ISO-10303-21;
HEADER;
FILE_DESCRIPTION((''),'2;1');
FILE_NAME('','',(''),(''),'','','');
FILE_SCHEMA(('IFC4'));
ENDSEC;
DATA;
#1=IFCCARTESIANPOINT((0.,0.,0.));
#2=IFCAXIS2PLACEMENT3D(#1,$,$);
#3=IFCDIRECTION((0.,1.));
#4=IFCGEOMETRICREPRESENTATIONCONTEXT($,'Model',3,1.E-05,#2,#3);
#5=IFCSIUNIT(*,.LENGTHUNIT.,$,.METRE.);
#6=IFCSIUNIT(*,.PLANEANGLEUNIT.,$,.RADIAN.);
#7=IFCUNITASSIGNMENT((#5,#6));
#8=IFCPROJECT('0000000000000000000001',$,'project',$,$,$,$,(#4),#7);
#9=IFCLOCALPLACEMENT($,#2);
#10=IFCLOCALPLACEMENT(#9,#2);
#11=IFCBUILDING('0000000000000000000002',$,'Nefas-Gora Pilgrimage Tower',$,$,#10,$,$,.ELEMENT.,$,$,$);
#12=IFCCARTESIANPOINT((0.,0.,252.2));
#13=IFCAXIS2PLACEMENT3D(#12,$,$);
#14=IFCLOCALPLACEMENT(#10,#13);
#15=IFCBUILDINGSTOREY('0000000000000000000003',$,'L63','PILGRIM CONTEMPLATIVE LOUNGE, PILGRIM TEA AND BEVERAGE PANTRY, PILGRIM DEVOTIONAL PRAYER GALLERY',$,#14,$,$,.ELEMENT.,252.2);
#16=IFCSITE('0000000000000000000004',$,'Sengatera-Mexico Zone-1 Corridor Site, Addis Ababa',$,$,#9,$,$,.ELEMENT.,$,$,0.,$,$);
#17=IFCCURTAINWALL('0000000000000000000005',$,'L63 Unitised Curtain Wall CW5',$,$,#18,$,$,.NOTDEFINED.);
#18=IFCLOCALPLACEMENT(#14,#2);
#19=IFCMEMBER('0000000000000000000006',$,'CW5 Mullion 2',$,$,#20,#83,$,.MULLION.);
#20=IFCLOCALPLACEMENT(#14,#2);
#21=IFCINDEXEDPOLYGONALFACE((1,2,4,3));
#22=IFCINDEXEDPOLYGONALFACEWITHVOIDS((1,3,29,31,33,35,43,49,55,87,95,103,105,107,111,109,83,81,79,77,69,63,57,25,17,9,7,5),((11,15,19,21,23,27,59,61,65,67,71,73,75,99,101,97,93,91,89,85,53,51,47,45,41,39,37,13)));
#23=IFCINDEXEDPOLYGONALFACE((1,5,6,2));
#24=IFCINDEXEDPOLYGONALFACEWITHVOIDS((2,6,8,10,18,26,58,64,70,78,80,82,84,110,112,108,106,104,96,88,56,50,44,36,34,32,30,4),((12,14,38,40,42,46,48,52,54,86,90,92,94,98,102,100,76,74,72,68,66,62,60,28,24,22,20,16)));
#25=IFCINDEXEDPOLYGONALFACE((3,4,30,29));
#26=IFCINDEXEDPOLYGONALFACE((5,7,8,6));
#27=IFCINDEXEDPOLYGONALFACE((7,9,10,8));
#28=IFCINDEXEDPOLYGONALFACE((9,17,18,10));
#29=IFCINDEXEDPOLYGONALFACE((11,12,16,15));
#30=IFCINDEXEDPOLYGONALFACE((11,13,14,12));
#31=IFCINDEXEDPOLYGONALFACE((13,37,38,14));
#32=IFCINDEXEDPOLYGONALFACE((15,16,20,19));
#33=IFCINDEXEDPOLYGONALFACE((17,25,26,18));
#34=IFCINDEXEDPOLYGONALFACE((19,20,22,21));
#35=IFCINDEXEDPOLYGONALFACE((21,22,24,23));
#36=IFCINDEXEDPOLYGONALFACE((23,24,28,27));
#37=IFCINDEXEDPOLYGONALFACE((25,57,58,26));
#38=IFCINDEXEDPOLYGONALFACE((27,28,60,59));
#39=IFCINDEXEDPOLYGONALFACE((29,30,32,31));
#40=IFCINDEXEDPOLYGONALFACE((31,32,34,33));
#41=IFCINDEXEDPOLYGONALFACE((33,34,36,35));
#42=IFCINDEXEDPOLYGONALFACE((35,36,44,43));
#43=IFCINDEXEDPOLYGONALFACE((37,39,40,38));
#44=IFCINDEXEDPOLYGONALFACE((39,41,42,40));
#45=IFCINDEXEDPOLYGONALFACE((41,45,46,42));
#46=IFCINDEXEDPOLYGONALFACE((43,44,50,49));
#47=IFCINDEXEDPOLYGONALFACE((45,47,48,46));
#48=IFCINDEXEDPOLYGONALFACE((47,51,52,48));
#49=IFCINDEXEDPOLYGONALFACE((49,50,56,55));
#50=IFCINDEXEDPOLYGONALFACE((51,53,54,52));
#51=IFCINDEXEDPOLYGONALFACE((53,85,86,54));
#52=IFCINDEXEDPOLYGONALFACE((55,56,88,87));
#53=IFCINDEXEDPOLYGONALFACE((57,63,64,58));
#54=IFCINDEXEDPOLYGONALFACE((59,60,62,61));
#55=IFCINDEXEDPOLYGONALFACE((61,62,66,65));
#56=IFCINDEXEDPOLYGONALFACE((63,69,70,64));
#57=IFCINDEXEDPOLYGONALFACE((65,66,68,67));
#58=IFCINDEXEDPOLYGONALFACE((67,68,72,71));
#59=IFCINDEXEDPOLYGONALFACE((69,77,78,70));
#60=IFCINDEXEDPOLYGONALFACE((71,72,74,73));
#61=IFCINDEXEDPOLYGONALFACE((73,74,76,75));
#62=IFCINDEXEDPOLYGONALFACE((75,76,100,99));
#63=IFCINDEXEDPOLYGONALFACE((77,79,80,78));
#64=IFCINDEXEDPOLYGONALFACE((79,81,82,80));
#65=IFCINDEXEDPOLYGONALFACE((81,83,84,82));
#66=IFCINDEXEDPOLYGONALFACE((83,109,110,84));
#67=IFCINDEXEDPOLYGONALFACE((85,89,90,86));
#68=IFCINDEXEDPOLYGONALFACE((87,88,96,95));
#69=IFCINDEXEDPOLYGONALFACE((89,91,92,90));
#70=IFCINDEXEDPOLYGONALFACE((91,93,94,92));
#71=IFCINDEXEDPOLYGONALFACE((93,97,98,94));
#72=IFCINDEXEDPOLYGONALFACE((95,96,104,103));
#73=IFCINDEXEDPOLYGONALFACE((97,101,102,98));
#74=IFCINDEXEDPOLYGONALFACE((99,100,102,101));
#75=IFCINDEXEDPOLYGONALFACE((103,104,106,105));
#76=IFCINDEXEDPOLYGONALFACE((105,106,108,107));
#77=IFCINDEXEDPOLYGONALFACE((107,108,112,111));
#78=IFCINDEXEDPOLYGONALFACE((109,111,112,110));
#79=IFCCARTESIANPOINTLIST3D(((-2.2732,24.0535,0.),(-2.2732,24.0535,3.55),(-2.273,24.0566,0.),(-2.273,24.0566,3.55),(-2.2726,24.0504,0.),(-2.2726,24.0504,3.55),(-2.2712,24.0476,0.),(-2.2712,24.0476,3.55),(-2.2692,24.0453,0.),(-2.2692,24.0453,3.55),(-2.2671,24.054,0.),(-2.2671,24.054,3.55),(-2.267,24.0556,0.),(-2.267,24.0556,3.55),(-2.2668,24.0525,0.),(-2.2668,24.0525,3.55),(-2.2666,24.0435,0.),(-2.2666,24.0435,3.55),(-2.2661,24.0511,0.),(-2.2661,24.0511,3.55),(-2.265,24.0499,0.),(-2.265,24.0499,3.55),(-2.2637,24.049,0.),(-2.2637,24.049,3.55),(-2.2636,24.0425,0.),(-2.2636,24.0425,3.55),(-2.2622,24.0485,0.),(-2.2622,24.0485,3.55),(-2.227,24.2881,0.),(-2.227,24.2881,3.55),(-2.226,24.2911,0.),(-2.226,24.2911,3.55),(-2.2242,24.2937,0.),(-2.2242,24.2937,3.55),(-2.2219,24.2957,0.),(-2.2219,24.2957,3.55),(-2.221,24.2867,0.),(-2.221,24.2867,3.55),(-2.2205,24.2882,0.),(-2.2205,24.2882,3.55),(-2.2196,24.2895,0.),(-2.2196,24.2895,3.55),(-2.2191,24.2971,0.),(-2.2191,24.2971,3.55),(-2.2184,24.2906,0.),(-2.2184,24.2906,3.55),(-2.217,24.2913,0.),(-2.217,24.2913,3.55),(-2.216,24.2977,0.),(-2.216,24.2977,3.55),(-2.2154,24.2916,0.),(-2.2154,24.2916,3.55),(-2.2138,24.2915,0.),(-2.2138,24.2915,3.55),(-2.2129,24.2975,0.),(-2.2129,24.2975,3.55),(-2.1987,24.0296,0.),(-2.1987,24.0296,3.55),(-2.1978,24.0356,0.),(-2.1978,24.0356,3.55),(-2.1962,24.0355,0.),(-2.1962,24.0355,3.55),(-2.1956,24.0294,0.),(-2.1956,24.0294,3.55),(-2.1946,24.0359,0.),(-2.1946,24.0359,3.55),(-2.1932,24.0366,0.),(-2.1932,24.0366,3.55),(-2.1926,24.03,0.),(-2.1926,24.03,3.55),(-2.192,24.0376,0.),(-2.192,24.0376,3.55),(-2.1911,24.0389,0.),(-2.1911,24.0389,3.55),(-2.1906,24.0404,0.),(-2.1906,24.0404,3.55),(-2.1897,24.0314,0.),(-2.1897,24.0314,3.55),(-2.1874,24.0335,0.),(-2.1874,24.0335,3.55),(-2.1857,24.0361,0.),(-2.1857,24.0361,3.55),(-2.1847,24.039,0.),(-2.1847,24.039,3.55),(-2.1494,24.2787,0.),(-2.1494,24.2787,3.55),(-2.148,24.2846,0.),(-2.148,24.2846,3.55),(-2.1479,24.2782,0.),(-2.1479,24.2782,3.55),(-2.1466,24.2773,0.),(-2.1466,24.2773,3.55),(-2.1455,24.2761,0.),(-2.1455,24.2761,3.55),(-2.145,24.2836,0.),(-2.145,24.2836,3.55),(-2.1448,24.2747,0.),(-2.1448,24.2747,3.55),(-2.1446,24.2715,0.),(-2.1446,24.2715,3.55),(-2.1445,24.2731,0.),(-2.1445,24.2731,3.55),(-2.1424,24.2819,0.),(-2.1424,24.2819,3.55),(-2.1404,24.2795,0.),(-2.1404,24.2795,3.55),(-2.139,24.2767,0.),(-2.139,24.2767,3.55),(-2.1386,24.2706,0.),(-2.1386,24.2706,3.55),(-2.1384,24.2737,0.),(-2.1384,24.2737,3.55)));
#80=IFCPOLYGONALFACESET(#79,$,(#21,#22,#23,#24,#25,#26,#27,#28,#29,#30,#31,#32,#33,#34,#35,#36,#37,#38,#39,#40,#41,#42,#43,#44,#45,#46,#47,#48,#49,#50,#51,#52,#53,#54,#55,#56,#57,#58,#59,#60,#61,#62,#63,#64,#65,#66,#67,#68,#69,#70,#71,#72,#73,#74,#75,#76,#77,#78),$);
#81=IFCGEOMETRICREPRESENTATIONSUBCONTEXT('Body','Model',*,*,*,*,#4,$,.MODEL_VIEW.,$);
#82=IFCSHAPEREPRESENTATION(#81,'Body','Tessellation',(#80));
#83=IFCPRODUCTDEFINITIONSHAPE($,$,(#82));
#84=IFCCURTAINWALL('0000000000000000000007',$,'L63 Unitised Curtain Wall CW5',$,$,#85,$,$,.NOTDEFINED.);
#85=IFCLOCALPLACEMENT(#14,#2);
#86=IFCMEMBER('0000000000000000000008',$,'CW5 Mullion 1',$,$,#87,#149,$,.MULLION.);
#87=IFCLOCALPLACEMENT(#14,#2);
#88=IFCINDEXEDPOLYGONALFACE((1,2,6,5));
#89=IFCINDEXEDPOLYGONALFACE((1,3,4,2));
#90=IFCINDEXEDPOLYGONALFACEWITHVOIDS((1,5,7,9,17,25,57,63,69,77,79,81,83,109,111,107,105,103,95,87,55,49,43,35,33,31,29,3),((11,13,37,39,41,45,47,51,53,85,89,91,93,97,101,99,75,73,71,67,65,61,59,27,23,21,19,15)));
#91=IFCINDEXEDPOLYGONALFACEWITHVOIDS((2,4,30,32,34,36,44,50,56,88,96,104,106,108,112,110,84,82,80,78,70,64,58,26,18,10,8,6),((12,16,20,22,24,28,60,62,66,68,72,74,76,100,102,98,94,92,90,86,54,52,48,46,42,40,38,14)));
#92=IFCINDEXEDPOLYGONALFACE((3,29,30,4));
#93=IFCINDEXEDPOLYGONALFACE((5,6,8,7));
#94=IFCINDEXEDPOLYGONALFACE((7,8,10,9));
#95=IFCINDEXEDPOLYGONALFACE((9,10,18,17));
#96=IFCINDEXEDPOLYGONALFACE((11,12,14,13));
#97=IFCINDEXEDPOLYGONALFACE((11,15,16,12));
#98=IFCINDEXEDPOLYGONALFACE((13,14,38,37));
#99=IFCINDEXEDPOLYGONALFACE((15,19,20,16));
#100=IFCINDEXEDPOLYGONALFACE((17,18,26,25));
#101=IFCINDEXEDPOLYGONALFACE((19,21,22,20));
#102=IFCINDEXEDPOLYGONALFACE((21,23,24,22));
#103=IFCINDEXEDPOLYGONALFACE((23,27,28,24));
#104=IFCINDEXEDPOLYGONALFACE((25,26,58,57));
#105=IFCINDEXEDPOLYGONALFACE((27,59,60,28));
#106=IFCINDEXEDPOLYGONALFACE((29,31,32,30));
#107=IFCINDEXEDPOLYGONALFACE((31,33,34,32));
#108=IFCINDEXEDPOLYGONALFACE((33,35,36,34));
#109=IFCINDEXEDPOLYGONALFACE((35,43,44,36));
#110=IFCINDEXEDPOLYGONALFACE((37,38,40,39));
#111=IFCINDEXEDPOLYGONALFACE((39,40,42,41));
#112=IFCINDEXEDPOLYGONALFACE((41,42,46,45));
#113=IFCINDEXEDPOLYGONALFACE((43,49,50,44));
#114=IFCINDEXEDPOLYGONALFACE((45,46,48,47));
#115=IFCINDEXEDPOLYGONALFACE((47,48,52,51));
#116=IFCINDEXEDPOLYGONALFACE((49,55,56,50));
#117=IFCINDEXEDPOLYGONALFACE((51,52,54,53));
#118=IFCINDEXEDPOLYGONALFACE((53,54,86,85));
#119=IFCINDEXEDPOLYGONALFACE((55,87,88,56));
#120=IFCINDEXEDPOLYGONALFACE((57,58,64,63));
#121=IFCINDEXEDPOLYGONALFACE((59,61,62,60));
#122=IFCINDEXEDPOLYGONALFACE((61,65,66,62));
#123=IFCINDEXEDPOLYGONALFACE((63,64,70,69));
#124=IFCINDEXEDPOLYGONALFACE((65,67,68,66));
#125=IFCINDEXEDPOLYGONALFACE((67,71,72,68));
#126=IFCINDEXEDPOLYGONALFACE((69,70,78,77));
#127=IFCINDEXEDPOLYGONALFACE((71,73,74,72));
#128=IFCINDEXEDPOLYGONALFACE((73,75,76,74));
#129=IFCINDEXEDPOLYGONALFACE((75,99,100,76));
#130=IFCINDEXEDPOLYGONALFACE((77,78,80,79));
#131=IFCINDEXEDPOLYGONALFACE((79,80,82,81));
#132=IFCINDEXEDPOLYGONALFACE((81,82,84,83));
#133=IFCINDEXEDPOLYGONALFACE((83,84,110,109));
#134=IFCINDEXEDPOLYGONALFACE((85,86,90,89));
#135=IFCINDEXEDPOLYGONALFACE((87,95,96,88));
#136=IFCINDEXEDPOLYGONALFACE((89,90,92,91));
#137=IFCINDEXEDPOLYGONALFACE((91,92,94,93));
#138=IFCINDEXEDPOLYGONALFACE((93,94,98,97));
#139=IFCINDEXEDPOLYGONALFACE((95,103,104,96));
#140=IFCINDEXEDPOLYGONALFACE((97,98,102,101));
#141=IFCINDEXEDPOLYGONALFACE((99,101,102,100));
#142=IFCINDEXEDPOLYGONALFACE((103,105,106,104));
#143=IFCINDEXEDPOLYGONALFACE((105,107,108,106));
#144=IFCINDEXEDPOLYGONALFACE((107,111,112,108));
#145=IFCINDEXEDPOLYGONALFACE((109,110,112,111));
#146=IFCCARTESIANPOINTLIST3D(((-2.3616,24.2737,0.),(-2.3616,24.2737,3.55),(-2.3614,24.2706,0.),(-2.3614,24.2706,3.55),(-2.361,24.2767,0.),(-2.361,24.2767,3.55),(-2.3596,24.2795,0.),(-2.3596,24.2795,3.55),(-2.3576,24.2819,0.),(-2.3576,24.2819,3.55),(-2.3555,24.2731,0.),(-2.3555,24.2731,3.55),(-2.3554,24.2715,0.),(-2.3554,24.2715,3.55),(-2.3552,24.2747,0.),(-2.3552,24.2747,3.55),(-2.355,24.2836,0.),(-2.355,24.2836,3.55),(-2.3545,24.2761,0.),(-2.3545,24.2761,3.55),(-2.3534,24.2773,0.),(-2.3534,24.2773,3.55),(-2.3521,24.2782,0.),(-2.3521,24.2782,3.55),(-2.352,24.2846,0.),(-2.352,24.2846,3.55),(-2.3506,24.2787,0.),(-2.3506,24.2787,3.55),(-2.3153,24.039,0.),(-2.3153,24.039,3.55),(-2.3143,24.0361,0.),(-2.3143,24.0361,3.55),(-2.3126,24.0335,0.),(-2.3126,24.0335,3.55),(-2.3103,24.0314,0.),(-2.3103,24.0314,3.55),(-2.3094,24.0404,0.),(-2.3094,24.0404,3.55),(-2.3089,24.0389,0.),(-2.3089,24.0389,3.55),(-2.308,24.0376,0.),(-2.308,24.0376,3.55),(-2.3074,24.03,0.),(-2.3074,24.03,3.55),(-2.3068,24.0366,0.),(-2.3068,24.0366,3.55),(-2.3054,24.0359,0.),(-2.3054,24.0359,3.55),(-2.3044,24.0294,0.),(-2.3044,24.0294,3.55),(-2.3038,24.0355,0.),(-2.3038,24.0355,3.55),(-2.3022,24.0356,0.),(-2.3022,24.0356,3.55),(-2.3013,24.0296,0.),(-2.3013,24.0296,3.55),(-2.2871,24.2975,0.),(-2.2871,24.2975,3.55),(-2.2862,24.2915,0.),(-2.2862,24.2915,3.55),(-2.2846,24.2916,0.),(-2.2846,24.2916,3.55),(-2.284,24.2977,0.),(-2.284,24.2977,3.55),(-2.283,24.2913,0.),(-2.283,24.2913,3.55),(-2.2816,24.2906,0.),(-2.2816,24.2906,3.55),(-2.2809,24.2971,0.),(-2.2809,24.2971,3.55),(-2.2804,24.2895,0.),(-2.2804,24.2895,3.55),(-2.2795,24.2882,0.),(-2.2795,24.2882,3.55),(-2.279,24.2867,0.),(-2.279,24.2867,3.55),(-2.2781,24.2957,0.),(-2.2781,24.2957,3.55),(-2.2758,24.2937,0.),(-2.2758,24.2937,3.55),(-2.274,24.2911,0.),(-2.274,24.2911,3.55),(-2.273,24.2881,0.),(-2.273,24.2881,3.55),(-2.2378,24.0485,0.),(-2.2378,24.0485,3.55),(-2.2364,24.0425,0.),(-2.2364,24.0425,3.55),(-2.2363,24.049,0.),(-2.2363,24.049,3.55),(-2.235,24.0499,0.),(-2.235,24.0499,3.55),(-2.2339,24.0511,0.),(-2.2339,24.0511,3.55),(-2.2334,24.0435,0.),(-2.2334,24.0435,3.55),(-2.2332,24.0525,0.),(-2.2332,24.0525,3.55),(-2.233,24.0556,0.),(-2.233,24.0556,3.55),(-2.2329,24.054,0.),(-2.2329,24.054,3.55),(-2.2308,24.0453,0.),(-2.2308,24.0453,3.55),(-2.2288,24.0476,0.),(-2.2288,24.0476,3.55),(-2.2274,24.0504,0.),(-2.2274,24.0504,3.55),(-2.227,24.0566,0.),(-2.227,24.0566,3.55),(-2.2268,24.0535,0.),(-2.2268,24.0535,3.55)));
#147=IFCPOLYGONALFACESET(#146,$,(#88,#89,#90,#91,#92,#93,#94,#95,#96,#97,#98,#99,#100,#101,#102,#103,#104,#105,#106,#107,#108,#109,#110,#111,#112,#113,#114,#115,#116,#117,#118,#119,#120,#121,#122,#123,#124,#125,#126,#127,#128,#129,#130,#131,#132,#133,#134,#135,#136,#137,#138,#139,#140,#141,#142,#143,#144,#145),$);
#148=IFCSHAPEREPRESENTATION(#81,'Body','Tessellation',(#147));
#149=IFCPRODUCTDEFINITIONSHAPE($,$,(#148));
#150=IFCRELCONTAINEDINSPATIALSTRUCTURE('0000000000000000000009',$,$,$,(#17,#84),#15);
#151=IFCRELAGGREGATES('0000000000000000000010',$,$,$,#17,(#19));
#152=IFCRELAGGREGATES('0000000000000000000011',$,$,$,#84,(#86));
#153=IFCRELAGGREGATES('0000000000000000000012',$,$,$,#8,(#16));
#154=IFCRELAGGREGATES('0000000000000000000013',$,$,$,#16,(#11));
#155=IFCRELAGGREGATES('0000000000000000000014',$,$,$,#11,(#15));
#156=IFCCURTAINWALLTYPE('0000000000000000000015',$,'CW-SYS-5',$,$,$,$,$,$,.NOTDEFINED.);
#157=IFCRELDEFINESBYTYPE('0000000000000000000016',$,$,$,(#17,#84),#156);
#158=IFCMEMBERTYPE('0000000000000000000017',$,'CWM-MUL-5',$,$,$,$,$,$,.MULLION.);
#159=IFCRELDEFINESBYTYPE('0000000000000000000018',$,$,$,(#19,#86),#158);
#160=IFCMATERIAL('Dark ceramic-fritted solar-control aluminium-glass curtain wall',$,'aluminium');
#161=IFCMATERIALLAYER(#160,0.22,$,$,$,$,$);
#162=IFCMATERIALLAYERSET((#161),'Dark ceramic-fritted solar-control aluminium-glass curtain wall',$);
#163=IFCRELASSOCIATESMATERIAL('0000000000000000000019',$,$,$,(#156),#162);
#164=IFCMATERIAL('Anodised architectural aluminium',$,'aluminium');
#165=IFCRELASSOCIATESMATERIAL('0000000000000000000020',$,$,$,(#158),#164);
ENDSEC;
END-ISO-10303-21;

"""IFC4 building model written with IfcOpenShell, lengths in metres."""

from ifc_helpers import new_model, si_unit, direction, frame, origin, origin_2d, place, context, subcontext, project, spatial, hollow_rectangle, extrude, source, transform, mapped, material, layer, layer_set, material_profile, profile_set, type_object, element, aggregate, save


model = new_model("IFC4")

# Units and contexts
model_context = context("Model", 3, precision=1e-05, world=origin(), true_north=direction((0.0, 1.0)))
body_context = subcontext(model_context, "Body", "Model", "MODEL_VIEW")
ifc_project = project(units=[si_unit("LENGTHUNIT", "METRE"), si_unit("PLANEANGLEUNIT", "RADIAN")], contexts=[model_context])

# Site, building, storey
site_placement = place(None, origin())
site = spatial("IfcSite", under=ifc_project, at=site_placement, Name="Sengatera-Mexico Zone-1 Corridor Site, Addis Ababa", CompositionType="ELEMENT", RefElevation=0.0)
building_placement = place(site_placement, origin())
building = spatial("IfcBuilding", under=site, at=building_placement, Name="Nefas-Gora Pilgrimage Tower", CompositionType="ELEMENT")
storey_placement = place(building_placement, frame((0.0, 0.0, 252.2)))
storey = spatial("IfcBuildingStorey", under=building, at=storey_placement, Name="L63", Description="PILGRIM CONTEMPLATIVE LOUNGE, PILGRIM TEA AND BEVERAGE PANTRY, PILGRIM DEVOTIONAL PRAYER GALLERY", CompositionType="ELEMENT", Elevation=252.2)

# Curtain wall, member
ifc_material_1 = material(Name="Dark ceramic-fritted solar-control aluminium-glass curtain wall", Category="aluminium")
ifc_layer_1 = layer(ifc_material_1, 0.22)
ifc_layer_set_1 = layer_set([ifc_layer_1], Name="Dark ceramic-fritted solar-control aluminium-glass curtain wall")
curtain_wall_type = type_object("IfcCurtainWallType", Name="CW-SYS-5", PredefinedType="NOTDEFINED", material=ifc_layer_set_1)
curtain_wall_1_placement = place(storey_placement, origin())
curtain_wall_1 = element("IfcCurtainWall", 1, at=curtain_wall_1_placement, inside=storey, type_object=curtain_wall_type, Name="L63 Unitised Curtain Wall CW5", PredefinedType="NOTDEFINED")
ifc_material_2 = material(Name="Anodised architectural aluminium", Category="aluminium")
ifc_material_profile_1 = material_profile(ifc_material_2, hollow_rectangle(XDim=0.0901, YDim=0.26, WallThickness=0.0061, InnerFilletRadius=0.0061, OuterFilletRadius=0.012, at=origin_2d()), Name="ALU MULLION 90x260")
ifc_profile_set_1 = profile_set([ifc_material_profile_1], Name="Anodised architectural aluminium")
member_type_1 = type_object("IfcMemberType", Name="CWM-MUL-5", PredefinedType="MULLION", material=ifc_profile_set_1)
shared_shape_1 = source(origin(), body_context, "Body", "SweptSolid", [
    extrude(hollow_rectangle(XDim=0.0901, YDim=0.26, WallThickness=0.0061, InnerFilletRadius=0.0061, OuterFilletRadius=0.012, at=origin_2d()), origin(), (0.0, 0.0, 1.0), 3.55),
])
member_1_placement = place(storey_placement, frame((-2.2058, 24.1636, 0.0), z_axis=(0.0, 0.0, 1.0), x_axis=(-0.980783, 0.195102, 0.0)))
member_1 = element("IfcMember", 2, at=member_1_placement, type_object=member_type_1, Name="CW5 Mullion 2", PredefinedType="MULLION", context=body_context, shape_type="MappedRepresentation", body=[
    mapped(shared_shape_1, transform((0.0, 0.0, 0.0), x_axis=(1.0, 0.0, 0.0), y_axis=(0.0, 1.0, 0.0), z_axis=(0.0, 0.0, 1.0), scale=1.0)),
])
aggregate(curtain_wall_1, [member_1])

# Curtain wall, member
curtain_wall_2_placement = place(storey_placement, origin())
curtain_wall_2 = element("IfcCurtainWall", 3, at=curtain_wall_2_placement, inside=storey, type_object=curtain_wall_type, Name="L63 Unitised Curtain Wall CW5", PredefinedType="NOTDEFINED")
member_2_placement = place(storey_placement, frame((-2.2942, 24.1636, 0.0), z_axis=(0.0, 0.0, 1.0), x_axis=(-0.980783, -0.195102, 0.0)))
member_2 = element("IfcMember", 4, at=member_2_placement, type_object=member_type_1, Name="CW5 Mullion 1", PredefinedType="MULLION", context=body_context, shape_type="MappedRepresentation", body=[
    mapped(shared_shape_1, transform((0.0, 0.0, 0.0), x_axis=(1.0, 0.0, 0.0), y_axis=(0.0, 1.0, 0.0), z_axis=(0.0, 0.0, 1.0), scale=1.0)),
])
aggregate(curtain_wall_2, [member_2])

save(model, "model.ifc")
